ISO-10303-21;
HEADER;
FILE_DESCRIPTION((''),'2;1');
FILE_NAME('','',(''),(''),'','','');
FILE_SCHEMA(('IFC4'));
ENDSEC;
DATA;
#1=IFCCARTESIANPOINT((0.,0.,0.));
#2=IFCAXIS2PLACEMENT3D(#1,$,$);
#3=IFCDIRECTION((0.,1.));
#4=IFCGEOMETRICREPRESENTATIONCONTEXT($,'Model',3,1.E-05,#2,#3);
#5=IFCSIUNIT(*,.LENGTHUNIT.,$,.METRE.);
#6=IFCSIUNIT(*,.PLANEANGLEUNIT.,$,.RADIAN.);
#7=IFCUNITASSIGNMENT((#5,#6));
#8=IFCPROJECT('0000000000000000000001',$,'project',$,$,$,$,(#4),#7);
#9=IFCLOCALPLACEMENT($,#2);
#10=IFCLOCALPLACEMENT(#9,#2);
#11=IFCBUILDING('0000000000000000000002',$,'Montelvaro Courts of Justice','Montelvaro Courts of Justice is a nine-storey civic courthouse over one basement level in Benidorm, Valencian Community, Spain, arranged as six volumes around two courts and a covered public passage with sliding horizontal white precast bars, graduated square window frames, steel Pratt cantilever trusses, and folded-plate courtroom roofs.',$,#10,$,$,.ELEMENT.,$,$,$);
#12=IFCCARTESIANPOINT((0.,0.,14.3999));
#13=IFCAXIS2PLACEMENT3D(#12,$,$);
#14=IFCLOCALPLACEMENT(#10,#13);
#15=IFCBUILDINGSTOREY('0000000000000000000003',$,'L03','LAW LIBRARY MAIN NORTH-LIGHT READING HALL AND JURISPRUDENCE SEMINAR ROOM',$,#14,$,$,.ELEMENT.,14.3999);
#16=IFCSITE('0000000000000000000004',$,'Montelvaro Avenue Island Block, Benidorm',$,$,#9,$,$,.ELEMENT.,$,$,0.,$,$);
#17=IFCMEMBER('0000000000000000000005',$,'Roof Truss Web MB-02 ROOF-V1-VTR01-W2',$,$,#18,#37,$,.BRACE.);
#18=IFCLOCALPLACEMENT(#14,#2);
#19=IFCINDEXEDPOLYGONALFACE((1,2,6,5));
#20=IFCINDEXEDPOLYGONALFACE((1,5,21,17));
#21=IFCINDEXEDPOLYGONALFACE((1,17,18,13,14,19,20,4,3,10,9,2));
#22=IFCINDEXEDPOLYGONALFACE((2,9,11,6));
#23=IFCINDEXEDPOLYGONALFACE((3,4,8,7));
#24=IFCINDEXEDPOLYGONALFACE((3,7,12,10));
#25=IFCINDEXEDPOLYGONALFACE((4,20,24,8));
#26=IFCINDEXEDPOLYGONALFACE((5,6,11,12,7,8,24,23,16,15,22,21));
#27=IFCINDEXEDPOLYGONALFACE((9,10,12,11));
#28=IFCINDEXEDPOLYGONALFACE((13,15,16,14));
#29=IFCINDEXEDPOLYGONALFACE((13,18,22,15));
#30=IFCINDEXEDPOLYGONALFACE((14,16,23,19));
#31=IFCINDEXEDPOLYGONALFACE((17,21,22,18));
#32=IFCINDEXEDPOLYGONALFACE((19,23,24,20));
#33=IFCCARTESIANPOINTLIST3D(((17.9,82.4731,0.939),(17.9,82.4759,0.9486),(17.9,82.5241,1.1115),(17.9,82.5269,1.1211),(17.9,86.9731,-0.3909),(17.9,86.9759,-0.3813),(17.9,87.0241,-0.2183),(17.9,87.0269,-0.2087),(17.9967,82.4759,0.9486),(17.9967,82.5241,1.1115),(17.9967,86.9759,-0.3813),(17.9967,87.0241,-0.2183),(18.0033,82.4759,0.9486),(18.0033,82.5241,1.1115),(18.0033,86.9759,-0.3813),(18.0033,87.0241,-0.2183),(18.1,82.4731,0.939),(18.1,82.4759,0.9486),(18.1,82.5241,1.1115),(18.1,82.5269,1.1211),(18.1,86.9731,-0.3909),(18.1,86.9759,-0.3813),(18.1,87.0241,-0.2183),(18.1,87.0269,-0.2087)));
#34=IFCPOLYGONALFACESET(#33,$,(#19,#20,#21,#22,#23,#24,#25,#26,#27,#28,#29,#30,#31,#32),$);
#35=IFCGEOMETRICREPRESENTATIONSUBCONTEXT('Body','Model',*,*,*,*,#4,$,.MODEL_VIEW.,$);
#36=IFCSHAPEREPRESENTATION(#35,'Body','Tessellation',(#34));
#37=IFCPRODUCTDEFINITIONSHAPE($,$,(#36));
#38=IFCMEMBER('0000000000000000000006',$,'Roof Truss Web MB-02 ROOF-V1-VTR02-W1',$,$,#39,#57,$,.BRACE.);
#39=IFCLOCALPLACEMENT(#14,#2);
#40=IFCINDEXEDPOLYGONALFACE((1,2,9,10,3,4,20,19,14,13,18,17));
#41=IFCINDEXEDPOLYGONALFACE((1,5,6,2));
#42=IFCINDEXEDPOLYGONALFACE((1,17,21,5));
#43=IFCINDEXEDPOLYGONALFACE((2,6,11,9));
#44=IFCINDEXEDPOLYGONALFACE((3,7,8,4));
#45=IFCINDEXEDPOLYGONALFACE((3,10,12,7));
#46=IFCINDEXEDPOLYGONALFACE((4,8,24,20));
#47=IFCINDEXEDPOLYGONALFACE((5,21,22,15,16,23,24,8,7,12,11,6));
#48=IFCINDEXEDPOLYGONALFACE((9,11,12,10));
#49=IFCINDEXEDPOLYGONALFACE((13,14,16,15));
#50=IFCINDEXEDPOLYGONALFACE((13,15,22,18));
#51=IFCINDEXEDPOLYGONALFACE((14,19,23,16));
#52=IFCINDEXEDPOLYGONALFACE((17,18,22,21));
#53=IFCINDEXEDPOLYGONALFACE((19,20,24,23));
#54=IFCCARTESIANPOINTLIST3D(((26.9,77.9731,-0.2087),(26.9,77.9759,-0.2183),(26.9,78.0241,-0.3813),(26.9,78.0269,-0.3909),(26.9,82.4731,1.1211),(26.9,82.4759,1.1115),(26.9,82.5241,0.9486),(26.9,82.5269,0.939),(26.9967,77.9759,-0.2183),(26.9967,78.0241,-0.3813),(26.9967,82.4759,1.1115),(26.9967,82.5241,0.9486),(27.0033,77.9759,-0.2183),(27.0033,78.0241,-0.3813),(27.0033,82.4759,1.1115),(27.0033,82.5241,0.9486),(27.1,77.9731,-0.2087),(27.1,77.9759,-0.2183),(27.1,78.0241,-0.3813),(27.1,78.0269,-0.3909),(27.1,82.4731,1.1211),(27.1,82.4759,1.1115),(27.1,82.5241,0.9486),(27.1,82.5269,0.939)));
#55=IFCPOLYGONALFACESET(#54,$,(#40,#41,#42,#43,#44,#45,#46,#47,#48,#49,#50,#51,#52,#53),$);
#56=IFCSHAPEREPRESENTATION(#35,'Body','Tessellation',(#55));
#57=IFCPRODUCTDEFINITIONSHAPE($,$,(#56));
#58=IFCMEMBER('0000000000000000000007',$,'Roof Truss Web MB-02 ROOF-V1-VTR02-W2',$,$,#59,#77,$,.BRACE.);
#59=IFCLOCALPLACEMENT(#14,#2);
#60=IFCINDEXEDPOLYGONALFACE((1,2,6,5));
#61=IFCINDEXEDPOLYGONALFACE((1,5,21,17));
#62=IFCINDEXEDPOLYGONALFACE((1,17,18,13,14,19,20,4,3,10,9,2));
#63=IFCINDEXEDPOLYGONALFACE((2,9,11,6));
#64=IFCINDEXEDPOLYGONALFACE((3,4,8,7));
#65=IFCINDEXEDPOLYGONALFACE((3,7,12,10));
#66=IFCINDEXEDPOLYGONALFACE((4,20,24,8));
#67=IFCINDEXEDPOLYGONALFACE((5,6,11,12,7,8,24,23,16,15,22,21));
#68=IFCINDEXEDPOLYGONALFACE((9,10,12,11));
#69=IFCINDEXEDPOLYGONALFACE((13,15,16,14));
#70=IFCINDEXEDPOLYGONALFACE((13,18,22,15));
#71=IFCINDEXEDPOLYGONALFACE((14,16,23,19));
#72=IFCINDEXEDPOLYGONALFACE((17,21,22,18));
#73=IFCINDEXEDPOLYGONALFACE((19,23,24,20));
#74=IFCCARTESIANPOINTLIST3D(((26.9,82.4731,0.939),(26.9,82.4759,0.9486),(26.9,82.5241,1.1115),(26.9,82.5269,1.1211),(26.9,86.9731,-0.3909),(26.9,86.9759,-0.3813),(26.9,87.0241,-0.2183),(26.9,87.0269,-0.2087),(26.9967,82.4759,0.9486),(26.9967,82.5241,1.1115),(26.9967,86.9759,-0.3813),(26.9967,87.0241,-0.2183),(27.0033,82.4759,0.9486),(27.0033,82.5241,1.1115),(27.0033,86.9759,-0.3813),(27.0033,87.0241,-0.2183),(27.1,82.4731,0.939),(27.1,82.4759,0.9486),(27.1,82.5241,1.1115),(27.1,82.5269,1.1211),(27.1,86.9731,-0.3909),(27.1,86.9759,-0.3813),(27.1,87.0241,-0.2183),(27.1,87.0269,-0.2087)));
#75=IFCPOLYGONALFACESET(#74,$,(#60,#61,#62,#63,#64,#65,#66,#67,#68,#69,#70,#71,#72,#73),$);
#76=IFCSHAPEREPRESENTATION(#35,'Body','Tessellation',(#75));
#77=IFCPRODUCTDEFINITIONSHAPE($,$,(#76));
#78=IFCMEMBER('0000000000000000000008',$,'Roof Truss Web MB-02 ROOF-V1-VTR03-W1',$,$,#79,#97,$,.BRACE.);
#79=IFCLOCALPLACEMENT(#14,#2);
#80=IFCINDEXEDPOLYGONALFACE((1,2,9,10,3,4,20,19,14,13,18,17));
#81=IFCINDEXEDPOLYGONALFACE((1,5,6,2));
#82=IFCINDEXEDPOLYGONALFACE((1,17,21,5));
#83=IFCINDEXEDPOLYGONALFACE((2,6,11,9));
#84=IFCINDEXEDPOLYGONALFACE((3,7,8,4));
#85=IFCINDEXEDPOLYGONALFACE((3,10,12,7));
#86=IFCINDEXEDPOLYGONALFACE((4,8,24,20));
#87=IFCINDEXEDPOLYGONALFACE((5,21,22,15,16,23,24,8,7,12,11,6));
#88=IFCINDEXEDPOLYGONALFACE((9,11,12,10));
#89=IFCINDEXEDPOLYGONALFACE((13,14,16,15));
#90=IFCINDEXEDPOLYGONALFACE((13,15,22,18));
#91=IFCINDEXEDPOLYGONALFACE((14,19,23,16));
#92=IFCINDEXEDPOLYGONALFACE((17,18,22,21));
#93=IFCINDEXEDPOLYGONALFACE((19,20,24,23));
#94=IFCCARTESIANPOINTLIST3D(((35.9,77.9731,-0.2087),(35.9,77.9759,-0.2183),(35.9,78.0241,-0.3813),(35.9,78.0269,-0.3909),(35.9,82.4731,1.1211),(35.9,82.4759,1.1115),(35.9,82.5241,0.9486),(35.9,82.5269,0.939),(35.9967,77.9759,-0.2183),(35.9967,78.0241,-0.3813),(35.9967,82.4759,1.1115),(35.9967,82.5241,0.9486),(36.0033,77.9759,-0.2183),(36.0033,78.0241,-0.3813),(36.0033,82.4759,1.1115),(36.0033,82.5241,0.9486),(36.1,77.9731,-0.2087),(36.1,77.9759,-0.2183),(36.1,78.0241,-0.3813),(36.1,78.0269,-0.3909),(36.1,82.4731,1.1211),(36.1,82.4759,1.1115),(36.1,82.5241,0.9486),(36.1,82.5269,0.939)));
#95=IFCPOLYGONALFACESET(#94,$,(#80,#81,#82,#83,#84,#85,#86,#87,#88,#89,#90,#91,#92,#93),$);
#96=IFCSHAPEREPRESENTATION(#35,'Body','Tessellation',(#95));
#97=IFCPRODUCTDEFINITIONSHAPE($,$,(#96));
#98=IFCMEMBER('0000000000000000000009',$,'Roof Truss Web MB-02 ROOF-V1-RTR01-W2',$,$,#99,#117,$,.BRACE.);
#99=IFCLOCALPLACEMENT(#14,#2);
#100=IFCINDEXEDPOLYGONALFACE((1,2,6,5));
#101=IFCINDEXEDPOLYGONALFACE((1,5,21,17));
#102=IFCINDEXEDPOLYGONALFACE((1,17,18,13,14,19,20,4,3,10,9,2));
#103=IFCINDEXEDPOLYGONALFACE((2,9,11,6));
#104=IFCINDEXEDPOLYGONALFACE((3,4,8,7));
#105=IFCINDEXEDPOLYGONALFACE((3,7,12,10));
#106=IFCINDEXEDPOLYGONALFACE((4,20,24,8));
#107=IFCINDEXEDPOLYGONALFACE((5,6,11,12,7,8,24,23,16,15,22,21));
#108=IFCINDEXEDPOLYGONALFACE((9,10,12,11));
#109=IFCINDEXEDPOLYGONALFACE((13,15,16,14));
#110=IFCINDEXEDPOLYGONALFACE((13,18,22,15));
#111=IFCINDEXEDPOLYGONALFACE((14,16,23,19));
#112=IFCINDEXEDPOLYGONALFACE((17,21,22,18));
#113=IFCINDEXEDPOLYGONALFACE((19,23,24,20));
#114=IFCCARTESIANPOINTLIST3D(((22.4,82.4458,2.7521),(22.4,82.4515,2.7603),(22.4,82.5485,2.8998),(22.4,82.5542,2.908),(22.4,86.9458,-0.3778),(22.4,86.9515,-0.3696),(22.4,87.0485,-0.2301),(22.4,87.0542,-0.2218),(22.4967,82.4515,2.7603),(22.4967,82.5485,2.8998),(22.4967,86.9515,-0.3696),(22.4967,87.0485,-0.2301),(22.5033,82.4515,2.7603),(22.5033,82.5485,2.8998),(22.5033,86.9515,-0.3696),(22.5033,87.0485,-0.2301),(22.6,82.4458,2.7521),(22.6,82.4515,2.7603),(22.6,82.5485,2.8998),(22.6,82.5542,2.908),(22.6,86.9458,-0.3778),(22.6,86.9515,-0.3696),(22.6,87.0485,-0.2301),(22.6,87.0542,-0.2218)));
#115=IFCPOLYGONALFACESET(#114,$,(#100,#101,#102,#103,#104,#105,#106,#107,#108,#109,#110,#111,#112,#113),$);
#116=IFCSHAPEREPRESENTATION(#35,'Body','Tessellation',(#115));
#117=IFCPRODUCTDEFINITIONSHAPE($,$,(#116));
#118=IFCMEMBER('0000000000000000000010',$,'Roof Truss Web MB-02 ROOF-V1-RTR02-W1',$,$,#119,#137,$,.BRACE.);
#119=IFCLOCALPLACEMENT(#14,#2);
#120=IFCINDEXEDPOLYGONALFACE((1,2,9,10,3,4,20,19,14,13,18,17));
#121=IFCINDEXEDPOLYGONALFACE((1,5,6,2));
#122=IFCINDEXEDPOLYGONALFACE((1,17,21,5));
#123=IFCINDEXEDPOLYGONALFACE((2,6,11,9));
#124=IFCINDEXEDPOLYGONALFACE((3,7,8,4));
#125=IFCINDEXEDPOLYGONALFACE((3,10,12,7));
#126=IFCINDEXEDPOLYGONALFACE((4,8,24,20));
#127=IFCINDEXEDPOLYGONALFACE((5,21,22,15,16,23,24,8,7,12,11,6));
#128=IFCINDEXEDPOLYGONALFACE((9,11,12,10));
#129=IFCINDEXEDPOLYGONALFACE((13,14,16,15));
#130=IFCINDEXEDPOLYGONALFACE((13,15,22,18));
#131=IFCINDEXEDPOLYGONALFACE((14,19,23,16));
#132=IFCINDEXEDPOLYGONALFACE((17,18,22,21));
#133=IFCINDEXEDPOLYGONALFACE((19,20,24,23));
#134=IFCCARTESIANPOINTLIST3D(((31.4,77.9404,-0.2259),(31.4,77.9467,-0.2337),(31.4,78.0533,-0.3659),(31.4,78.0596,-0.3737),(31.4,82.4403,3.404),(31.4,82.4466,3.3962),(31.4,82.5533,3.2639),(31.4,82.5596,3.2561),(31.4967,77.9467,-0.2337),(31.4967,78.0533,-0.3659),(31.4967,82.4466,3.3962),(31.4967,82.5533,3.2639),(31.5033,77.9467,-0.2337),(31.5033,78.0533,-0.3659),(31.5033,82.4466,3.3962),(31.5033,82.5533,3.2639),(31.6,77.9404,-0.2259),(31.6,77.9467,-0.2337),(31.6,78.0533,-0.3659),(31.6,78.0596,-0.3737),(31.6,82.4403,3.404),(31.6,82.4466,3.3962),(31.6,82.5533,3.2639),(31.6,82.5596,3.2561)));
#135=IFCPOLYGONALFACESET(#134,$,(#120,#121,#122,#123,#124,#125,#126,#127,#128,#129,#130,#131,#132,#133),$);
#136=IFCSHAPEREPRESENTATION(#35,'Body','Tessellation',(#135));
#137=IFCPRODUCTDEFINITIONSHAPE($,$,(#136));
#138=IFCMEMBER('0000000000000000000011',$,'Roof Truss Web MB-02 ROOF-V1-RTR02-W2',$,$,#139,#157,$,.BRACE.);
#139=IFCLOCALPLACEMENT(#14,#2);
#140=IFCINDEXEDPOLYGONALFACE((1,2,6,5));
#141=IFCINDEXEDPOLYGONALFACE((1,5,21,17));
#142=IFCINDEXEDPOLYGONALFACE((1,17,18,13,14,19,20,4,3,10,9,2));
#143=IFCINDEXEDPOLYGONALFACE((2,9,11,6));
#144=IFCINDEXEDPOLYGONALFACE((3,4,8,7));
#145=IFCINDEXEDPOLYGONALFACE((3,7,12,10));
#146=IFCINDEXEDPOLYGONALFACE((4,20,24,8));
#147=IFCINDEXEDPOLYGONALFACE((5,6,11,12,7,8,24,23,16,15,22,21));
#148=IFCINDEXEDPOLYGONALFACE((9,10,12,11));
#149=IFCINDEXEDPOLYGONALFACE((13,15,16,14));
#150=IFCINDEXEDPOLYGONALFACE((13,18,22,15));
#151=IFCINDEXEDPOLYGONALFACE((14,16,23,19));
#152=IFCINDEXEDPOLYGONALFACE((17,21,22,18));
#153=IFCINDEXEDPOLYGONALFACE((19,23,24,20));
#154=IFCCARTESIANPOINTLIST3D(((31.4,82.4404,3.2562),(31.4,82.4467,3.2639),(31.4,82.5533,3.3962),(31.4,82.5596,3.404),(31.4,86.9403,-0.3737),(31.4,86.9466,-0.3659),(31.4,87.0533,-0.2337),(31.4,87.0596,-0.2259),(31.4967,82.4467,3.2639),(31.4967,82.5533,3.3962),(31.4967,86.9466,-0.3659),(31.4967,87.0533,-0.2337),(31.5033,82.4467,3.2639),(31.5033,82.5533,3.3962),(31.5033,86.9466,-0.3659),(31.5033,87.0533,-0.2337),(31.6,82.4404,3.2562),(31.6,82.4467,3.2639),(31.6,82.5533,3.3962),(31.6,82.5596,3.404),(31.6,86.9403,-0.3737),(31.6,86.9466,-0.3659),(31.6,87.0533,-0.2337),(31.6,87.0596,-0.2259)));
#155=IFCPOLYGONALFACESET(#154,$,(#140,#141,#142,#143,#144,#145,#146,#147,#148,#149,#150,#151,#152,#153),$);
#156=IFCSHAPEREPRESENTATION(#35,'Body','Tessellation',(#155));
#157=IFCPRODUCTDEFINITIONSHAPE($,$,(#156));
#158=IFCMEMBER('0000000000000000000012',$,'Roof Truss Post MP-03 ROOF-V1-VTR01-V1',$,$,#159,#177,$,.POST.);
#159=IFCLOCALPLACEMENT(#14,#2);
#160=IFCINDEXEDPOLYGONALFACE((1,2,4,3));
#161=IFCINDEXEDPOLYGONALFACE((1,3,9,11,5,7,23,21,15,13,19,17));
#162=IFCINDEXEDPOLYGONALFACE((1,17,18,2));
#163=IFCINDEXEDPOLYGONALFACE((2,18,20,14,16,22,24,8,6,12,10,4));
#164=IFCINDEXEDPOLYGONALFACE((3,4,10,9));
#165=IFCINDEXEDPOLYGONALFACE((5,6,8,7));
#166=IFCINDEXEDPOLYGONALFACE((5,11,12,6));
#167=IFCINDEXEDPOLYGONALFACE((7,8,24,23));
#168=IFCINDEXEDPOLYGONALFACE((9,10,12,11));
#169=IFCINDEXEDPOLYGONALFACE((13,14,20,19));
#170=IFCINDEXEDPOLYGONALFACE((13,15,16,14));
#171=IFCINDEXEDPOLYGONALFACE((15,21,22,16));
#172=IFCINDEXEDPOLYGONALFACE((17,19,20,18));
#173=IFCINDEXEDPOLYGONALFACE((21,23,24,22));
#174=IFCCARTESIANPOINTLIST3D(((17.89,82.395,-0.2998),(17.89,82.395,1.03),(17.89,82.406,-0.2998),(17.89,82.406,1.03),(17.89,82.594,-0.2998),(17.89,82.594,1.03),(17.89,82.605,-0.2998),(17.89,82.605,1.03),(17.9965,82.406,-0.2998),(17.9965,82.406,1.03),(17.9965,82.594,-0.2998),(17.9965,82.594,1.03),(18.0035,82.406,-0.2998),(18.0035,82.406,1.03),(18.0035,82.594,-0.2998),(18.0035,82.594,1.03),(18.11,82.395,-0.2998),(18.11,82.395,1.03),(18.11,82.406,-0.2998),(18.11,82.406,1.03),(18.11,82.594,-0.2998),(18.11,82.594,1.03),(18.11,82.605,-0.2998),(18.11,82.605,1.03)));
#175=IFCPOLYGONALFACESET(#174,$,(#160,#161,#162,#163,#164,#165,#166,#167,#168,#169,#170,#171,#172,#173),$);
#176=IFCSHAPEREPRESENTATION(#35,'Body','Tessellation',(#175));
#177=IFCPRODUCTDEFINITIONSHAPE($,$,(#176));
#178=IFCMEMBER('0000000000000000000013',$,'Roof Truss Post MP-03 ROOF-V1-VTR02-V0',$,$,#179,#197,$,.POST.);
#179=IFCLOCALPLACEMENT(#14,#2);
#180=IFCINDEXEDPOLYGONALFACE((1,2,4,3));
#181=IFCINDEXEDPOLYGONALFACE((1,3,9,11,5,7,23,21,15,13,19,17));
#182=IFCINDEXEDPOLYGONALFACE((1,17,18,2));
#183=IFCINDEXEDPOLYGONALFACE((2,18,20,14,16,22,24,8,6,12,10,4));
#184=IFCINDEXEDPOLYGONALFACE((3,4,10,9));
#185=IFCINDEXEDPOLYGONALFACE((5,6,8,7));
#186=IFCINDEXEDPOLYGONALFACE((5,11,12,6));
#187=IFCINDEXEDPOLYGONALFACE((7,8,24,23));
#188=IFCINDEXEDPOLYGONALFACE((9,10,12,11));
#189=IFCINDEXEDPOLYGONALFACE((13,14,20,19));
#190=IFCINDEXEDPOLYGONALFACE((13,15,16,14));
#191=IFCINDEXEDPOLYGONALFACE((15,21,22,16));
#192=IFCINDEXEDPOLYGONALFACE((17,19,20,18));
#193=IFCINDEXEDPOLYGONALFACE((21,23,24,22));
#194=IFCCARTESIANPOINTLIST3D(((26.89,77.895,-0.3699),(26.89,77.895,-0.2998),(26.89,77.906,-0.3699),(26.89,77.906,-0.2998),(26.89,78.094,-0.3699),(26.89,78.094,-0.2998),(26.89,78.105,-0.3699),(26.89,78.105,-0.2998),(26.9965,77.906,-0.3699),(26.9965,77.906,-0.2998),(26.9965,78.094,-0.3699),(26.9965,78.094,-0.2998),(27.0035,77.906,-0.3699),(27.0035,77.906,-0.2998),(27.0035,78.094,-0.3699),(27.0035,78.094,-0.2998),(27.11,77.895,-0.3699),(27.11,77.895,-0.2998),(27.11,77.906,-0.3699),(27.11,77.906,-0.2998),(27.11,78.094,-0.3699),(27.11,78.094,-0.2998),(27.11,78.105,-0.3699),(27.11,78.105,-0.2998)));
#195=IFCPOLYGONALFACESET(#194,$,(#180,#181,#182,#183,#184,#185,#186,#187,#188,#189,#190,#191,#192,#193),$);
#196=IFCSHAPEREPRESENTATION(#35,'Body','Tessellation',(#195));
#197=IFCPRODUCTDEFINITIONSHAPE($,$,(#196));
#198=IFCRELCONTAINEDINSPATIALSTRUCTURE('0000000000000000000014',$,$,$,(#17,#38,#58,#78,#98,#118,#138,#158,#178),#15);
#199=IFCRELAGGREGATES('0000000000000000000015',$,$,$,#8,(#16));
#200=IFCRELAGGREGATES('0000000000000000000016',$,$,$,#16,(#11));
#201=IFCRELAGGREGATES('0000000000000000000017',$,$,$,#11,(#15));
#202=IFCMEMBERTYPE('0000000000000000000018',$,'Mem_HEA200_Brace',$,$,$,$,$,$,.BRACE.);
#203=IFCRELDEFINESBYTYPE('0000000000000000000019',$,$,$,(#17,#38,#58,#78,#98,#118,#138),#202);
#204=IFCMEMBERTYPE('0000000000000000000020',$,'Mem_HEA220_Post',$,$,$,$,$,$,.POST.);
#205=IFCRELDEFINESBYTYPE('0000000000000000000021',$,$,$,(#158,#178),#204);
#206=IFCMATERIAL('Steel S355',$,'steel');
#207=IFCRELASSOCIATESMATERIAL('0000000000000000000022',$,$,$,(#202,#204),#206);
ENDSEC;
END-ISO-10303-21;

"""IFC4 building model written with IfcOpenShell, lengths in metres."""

from ifc_helpers import new_model, si_unit, direction, frame, origin, origin_2d, place, context, subcontext, project, spatial, i_section, extrude, material, material_profile, profile_set, type_object, element, save


model = new_model("IFC4")

# Units and contexts
model_context = context("Model", 3, precision=1e-05, world=origin(), true_north=direction((0.0, 1.0)))
body_context = subcontext(model_context, "Body", "Model", "MODEL_VIEW")
ifc_project = project(units=[si_unit("LENGTHUNIT", "METRE"), si_unit("PLANEANGLEUNIT", "RADIAN")], contexts=[model_context])

# Site, building, storey
site_placement = place(None, origin())
site = spatial("IfcSite", under=ifc_project, at=site_placement, Name="Montelvaro Avenue Island Block, Benidorm", CompositionType="ELEMENT", RefElevation=0.0)
building_placement = place(site_placement, origin())
building = spatial("IfcBuilding", under=site, at=building_placement, Name="Montelvaro Courts of Justice", Description="Montelvaro Courts of Justice is a nine-storey civic courthouse over one basement level in Benidorm, Valencian Community, Spain, arranged as six volumes around two courts and a covered public passage with sliding horizontal white precast bars, graduated square window frames, steel Pratt cantilever trusses, and folded-plate courtroom roofs.", CompositionType="ELEMENT")
storey_placement = place(building_placement, frame((0.0, 0.0, 14.3999)))
storey = spatial("IfcBuildingStorey", under=building, at=storey_placement, Name="L03", Description="LAW LIBRARY MAIN NORTH-LIGHT READING HALL AND JURISPRUDENCE SEMINAR ROOM", CompositionType="ELEMENT", Elevation=14.3999)

# Members
ifc_material = material(Name="Steel S355", Category="steel")
ifc_material_profile_1 = material_profile(ifc_material, i_section(OverallWidth=0.2, OverallDepth=0.1899, WebThickness=0.0066, FlangeThickness=0.01, at=origin_2d()), Name="HEA 200")
ifc_profile_set_1 = profile_set([ifc_material_profile_1], Name="Steel S355")
member_type_1 = type_object("IfcMemberType", Name="Mem_HEA200_Brace", PredefinedType="BRACE", material=ifc_profile_set_1)
for number, where, z_axis, x_axis, name in (
    (1, (18.0, 82.5, 1.03), (0.0, 0.959001, -0.283403), (-1.0, 0.0, 0.0), "Roof Truss Web MB-02 ROOF-V1-VTR01-W2"),
    (2, (27.0, 78.0, -0.2998), (0.0, 0.959001, 0.283403), (-1.0, 0.0, 0.0), "Roof Truss Web MB-02 ROOF-V1-VTR02-W1"),
    (3, (27.0, 82.5, 1.03), (0.0, 0.959001, -0.283403), (-1.0, 0.0, 0.0), "Roof Truss Web MB-02 ROOF-V1-VTR02-W2"),
    (4, (36.0, 78.0, -0.2998), (0.0, 0.959001, 0.283403), (-1.0, 0.0, 0.0), "Roof Truss Web MB-02 ROOF-V1-VTR03-W1"),
):
    element("IfcMember", number, at=place(storey_placement, frame(where, z_axis=z_axis, x_axis=x_axis)), inside=storey, type_object=member_type_1, Name=name, PredefinedType="BRACE", context=body_context, shape_type="SweptSolid", body=[
        extrude(i_section(OverallWidth=0.2, OverallDepth=0.1899, WebThickness=0.0066, FlangeThickness=0.01, at=origin_2d()), origin(), (0.0, 0.0, 1.0), 4.6924),
    ])
member_1_placement = place(storey_placement, frame((22.5, 82.5, 2.8301), z_axis=(0.0, 0.820952, -0.570997), x_axis=(-1.0, 0.0, 0.0)))
element("IfcMember", 5, at=member_1_placement, inside=storey, type_object=member_type_1, Name="Roof Truss Web MB-02 ROOF-V1-RTR01-W2", PredefinedType="BRACE", context=body_context, shape_type="SweptSolid", body=[
    extrude(i_section(OverallWidth=0.2, OverallDepth=0.1899, WebThickness=0.0066, FlangeThickness=0.01, at=origin_2d()), origin(), (0.0, 0.0, 1.0), 5.4814),
])
for number, where, z_axis, x_axis, name in (
    (6, (31.5, 78.0, -0.2998), (0.0, 0.778341, 0.627842), (-1.0, 0.0, 0.0), "Roof Truss Web MB-02 ROOF-V1-RTR02-W1"),
    (7, (31.5, 82.5, 3.3301), (0.0, 0.778341, -0.627842), (-1.0, 0.0, 0.0), "Roof Truss Web MB-02 ROOF-V1-RTR02-W2"),
):
    element("IfcMember", number, at=place(storey_placement, frame(where, z_axis=z_axis, x_axis=x_axis)), inside=storey, type_object=member_type_1, Name=name, PredefinedType="BRACE", context=body_context, shape_type="SweptSolid", body=[
        extrude(i_section(OverallWidth=0.2, OverallDepth=0.1899, WebThickness=0.0066, FlangeThickness=0.01, at=origin_2d()), origin(), (0.0, 0.0, 1.0), 5.7815),
    ])
ifc_material_profile_2 = material_profile(ifc_material, i_section(OverallWidth=0.22, OverallDepth=0.21, WebThickness=0.0071, FlangeThickness=0.011, at=origin_2d()), Name="HEA 220")
ifc_profile_set_2 = profile_set([ifc_material_profile_2], Name="Steel S355")
member_type_2 = type_object("IfcMemberType", Name="Mem_HEA220_Post", PredefinedType="POST", material=ifc_profile_set_2)
member_2_placement = place(storey_placement, frame((18.0, 82.5, -0.2998), z_axis=(0.0, 0.0, 1.0), x_axis=(1.0, 0.0, 0.0)))
element("IfcMember", 8, at=member_2_placement, inside=storey, type_object=member_type_2, Name="Roof Truss Post MP-03 ROOF-V1-VTR01-V1", PredefinedType="POST", context=body_context, shape_type="SweptSolid", body=[
    extrude(i_section(OverallWidth=0.22, OverallDepth=0.21, WebThickness=0.0071, FlangeThickness=0.011, at=origin_2d()), origin(), (0.0, 0.0, 1.0), 1.3298),
])
member_3_placement = place(storey_placement, frame((27.0, 78.0, -0.2998), z_axis=(0.0, 0.0, -1.0), x_axis=(1.0, 0.0, 0.0)))
element("IfcMember", 9, at=member_3_placement, inside=storey, type_object=member_type_2, Name="Roof Truss Post MP-03 ROOF-V1-VTR02-V0", PredefinedType="POST", context=body_context, shape_type="SweptSolid", body=[
    extrude(i_section(OverallWidth=0.22, OverallDepth=0.21, WebThickness=0.0071, FlangeThickness=0.011, at=origin_2d()), origin(), (0.0, 0.0, 1.0), 0.0701),
])

save(model, "model.ifc")
